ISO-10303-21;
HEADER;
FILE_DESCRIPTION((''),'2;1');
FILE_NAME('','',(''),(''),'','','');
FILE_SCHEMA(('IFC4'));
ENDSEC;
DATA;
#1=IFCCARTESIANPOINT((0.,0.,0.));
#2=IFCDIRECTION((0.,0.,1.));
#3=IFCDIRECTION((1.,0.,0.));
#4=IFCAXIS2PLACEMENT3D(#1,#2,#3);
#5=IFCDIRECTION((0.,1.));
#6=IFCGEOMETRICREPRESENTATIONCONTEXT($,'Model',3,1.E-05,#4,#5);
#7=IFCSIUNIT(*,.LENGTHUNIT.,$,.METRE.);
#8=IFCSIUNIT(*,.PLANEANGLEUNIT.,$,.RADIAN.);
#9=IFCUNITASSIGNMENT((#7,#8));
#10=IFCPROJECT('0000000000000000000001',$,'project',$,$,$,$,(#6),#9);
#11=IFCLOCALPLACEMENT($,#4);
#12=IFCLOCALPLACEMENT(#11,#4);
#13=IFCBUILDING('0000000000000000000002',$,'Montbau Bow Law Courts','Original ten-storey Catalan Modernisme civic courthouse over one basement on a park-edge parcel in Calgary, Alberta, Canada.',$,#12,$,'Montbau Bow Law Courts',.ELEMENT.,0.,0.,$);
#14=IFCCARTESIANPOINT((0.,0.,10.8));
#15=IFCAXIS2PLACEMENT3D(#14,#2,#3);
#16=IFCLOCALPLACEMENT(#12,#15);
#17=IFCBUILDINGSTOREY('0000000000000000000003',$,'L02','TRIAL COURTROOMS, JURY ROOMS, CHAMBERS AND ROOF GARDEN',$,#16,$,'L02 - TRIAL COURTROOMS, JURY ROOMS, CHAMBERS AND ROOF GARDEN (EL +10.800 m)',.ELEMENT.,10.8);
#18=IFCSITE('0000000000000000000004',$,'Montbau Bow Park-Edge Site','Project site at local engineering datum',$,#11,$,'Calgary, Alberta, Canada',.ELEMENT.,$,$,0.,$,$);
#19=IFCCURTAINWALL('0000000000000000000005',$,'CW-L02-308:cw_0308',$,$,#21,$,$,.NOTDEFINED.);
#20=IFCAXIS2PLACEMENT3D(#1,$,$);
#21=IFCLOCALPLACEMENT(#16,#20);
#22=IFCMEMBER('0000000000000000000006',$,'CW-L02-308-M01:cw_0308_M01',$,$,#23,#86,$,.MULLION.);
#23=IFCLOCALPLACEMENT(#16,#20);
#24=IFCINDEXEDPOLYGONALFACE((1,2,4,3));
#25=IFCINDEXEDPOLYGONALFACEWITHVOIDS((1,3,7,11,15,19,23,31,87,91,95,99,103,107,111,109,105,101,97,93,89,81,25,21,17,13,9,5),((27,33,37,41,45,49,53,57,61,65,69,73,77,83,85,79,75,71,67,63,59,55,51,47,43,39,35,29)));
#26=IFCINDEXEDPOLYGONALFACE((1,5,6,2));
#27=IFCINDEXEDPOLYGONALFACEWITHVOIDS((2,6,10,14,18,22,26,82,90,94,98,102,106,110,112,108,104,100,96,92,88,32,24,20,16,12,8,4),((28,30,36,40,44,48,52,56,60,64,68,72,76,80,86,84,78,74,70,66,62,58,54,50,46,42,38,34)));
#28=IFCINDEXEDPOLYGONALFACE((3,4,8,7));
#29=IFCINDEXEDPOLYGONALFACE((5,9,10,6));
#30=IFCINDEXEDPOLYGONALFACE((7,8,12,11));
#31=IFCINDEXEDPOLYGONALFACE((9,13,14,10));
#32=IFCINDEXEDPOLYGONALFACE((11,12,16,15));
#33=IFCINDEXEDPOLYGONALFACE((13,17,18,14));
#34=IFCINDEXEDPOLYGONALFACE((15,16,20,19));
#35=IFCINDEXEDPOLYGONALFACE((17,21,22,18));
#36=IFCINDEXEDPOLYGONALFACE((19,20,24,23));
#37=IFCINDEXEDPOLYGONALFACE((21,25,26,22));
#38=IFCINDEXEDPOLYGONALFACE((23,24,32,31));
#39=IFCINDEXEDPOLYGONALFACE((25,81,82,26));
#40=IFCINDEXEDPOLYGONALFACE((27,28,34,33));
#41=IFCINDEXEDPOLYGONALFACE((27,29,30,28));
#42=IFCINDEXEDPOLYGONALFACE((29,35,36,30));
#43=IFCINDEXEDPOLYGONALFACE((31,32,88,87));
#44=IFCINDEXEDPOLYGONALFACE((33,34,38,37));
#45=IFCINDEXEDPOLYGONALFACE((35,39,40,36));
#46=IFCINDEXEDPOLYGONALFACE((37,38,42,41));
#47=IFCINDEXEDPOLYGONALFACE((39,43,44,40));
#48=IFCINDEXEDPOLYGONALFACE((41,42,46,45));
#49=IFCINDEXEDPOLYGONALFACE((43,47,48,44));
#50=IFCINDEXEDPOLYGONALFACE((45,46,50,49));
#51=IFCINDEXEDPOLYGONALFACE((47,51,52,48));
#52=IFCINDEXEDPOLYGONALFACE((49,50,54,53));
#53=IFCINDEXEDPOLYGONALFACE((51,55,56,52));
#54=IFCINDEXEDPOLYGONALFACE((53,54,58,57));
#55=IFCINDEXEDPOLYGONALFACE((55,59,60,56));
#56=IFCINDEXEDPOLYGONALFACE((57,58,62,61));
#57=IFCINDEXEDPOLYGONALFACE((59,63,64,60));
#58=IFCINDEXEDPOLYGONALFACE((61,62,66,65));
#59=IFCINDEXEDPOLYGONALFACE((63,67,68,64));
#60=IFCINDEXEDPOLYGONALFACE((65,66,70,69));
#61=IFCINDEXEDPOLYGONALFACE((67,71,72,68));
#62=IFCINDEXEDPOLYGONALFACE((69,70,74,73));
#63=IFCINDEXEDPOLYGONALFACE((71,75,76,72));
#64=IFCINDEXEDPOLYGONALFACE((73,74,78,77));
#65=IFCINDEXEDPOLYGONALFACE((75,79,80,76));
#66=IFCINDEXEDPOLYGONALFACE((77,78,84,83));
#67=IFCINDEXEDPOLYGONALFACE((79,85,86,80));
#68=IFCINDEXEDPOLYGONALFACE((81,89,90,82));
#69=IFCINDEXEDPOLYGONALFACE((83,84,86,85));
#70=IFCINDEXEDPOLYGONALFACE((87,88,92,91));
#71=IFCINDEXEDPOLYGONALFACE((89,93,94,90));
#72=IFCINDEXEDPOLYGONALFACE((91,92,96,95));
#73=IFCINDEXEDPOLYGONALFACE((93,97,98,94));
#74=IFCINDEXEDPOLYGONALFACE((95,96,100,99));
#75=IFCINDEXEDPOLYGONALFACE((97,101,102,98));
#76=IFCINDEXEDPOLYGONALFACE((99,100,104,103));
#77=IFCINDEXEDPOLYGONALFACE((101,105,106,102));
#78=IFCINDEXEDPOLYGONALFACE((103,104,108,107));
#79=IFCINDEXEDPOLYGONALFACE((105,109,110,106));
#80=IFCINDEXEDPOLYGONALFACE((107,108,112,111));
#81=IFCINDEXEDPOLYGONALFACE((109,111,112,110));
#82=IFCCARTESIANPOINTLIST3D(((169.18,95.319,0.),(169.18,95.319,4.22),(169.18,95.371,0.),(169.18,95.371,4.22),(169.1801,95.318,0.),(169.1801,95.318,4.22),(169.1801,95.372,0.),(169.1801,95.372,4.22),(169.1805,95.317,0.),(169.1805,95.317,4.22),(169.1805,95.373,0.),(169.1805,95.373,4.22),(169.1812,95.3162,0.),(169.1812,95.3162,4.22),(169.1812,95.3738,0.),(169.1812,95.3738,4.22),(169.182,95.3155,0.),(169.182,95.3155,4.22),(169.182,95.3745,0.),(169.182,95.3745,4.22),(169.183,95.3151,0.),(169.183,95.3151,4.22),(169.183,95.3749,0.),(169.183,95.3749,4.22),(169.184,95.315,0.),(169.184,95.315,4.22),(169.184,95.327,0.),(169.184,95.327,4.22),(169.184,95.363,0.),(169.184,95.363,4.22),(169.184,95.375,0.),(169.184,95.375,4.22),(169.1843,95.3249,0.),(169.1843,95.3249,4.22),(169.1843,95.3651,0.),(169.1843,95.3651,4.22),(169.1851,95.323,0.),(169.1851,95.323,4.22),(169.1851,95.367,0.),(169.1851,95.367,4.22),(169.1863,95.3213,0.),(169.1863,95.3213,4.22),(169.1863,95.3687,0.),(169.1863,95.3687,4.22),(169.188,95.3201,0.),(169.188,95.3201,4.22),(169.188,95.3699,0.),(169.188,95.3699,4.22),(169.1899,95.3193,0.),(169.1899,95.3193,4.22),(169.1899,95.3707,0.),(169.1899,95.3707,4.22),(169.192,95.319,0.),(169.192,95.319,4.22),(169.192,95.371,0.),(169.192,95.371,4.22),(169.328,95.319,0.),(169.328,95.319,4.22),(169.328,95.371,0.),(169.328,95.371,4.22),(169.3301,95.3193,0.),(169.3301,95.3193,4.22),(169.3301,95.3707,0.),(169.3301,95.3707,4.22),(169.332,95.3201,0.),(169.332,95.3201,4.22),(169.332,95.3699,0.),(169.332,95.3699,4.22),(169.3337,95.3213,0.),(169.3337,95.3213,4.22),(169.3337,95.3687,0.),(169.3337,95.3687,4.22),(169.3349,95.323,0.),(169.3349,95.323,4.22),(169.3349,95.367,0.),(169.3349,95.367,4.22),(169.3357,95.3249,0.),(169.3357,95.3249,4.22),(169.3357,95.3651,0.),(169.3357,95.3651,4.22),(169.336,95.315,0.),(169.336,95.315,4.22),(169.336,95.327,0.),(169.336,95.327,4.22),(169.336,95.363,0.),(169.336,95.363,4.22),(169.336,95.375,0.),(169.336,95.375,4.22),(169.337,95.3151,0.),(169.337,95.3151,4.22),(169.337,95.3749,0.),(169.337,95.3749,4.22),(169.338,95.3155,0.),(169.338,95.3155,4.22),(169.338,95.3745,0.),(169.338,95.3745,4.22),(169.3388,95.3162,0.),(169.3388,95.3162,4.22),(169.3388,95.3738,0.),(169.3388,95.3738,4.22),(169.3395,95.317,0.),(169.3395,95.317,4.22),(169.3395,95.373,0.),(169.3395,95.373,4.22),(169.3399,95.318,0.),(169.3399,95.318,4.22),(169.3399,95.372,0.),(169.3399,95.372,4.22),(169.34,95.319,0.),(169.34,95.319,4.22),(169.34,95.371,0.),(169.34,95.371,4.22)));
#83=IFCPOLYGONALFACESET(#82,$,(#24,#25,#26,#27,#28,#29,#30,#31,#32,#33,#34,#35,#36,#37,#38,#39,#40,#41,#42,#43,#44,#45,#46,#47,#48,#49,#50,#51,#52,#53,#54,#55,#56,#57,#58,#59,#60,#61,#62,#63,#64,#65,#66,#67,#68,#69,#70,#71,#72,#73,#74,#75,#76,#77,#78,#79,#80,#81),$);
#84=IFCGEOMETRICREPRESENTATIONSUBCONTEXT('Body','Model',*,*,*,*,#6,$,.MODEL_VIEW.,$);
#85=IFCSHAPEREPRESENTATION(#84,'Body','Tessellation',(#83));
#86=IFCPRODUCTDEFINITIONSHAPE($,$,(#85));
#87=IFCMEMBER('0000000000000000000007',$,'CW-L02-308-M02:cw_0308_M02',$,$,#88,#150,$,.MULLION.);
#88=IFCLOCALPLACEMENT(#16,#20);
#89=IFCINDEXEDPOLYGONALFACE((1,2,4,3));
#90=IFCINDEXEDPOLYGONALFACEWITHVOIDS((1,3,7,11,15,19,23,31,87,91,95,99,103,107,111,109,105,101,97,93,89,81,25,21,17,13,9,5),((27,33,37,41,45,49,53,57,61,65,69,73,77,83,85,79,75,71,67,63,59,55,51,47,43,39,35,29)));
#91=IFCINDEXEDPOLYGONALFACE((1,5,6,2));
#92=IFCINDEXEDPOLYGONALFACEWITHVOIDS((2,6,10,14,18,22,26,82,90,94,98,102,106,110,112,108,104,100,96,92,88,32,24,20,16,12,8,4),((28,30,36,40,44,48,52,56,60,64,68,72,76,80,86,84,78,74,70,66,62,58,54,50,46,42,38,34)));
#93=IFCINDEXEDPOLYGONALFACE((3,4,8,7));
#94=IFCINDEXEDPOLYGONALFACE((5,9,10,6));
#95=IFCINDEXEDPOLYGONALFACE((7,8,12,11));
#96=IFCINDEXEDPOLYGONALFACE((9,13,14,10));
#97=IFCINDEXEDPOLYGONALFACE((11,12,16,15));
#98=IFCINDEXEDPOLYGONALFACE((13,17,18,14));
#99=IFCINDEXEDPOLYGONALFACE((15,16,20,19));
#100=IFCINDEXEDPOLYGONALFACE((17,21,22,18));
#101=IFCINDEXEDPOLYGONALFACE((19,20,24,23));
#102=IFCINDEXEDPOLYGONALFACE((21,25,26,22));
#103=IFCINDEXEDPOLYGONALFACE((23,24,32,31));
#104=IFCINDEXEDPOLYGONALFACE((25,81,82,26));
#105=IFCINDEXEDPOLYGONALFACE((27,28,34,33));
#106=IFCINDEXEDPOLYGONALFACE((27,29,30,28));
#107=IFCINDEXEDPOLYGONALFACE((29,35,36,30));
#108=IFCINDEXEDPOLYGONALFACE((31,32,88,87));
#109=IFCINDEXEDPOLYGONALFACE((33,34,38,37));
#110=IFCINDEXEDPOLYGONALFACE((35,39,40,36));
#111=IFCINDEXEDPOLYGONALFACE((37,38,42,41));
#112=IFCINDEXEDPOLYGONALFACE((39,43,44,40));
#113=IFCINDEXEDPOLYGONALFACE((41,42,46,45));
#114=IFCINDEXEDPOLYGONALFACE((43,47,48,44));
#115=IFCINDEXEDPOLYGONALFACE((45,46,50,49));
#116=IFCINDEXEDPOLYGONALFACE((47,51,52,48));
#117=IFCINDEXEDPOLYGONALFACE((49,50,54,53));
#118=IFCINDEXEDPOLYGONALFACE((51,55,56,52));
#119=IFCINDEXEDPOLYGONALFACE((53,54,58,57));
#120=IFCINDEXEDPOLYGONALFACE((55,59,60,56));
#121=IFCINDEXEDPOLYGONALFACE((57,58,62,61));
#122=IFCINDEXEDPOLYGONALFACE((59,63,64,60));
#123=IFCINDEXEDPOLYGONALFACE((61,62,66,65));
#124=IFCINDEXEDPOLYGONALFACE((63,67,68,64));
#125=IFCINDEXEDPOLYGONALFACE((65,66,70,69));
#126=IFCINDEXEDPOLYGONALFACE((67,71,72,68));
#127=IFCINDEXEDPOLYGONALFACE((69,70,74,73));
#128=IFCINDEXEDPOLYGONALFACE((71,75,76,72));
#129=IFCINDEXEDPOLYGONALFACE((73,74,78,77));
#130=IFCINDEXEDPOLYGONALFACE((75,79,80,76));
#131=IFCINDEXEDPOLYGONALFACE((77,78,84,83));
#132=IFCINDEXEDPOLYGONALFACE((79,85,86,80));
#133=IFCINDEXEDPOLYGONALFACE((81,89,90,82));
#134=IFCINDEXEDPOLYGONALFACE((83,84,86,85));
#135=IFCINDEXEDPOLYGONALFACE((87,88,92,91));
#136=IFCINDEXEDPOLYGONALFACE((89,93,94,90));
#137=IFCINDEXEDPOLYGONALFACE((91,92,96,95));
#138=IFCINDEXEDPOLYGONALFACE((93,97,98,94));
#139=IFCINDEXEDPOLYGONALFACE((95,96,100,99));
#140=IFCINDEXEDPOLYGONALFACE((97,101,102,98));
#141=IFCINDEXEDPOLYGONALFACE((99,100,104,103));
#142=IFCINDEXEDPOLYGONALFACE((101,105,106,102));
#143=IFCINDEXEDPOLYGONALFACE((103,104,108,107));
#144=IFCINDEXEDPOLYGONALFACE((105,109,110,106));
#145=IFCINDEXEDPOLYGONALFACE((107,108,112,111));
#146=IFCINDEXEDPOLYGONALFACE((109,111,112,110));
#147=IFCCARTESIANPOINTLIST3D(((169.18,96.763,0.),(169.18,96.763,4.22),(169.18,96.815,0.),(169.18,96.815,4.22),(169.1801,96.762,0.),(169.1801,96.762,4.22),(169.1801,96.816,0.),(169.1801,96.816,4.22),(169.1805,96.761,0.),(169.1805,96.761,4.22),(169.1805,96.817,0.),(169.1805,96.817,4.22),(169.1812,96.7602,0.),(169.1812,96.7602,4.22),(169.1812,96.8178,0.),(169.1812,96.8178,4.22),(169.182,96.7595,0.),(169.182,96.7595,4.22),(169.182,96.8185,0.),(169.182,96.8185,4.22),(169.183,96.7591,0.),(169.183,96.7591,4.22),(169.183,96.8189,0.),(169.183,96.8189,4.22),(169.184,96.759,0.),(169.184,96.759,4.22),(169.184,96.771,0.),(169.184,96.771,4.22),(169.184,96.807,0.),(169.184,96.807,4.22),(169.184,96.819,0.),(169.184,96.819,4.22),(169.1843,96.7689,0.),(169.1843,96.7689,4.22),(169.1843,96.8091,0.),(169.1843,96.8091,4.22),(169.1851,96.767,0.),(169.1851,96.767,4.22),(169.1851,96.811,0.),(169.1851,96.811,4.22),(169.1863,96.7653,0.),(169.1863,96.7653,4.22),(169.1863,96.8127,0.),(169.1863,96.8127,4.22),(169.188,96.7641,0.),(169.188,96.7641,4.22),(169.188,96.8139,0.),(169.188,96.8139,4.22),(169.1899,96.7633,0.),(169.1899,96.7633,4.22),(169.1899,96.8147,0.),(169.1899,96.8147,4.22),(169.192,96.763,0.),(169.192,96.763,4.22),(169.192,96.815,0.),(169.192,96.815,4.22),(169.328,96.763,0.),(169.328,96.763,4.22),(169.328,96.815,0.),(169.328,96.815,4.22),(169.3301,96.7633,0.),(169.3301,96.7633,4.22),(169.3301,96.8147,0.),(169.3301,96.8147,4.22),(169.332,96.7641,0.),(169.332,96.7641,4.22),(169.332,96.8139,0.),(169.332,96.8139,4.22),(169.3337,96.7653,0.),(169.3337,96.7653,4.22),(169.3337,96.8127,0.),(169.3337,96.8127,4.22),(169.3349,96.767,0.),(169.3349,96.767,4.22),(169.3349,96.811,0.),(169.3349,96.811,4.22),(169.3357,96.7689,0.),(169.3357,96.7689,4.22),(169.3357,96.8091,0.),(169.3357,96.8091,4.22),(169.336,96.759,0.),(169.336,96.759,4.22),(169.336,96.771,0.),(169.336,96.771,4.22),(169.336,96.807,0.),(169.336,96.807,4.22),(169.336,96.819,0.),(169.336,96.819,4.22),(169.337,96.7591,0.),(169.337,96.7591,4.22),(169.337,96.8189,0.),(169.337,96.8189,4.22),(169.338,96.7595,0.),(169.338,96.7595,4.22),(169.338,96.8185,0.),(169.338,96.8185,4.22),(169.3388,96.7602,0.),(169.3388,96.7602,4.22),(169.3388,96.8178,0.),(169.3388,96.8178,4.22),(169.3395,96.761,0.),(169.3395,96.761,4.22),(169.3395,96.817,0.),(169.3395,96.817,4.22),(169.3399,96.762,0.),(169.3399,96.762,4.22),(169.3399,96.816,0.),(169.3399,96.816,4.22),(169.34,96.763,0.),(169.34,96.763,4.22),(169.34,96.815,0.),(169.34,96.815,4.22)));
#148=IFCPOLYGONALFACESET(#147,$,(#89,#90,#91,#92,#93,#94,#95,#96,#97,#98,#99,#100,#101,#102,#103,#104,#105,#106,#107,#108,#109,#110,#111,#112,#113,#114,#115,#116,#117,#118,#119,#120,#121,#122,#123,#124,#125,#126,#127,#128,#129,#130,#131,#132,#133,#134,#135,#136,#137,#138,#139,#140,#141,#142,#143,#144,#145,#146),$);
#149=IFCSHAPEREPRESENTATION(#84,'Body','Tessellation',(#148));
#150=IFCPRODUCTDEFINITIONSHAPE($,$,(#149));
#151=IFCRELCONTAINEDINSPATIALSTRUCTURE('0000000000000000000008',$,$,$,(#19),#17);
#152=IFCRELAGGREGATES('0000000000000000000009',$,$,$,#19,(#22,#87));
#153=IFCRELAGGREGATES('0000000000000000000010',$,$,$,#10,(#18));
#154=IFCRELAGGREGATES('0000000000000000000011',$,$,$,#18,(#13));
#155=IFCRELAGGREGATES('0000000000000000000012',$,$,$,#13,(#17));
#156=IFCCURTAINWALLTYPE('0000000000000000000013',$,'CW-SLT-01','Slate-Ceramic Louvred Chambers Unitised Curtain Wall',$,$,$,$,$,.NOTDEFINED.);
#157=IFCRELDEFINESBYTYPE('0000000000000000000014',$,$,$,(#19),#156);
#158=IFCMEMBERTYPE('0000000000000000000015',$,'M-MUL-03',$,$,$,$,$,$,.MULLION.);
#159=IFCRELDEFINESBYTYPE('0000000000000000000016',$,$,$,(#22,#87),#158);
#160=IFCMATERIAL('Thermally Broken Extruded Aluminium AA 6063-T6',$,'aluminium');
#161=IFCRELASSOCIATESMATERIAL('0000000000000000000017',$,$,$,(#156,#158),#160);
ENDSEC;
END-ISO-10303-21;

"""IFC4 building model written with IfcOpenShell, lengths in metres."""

from ifc_helpers import new_model, si_unit, direction, frame, origin_with_axes, origin_2d_with_axis, place, context, subcontext, project, spatial, hollow_rectangle, extrude, material, material_profile, profile_set, type_object, element, aggregate, save


model = new_model("IFC4")

# Units and contexts
model_context = context("Model", 3, precision=1e-05, world=origin_with_axes(), true_north=direction((0.0, 1.0)))
body_context = subcontext(model_context, "Body", "Model", "MODEL_VIEW")
ifc_project = project(units=[si_unit("LENGTHUNIT", "METRE"), si_unit("PLANEANGLEUNIT", "RADIAN")], contexts=[model_context])

# Site, building, storey
site_placement = place(None, origin_with_axes())
site = spatial("IfcSite", under=ifc_project, at=site_placement, Name="Montbau Bow Park-Edge Site", Description="Project site at local engineering datum", LongName="Calgary, Alberta, Canada", CompositionType="ELEMENT", RefElevation=0.0)
building_placement = place(site_placement, origin_with_axes())
building = spatial("IfcBuilding", under=site, at=building_placement, Name="Montbau Bow Law Courts", Description="Original ten-storey Catalan Modernisme civic courthouse over one basement on a park-edge parcel in Calgary, Alberta, Canada.", LongName="Montbau Bow Law Courts", CompositionType="ELEMENT", ElevationOfRefHeight=0.0, ElevationOfTerrain=0.0)
storey_placement = place(building_placement, frame((0.0, 0.0, 10.8), z_axis=(0.0, 0.0, 1.0), x_axis=(1.0, 0.0, 0.0)))
storey = spatial("IfcBuildingStorey", under=building, at=storey_placement, Name="L02", Description="TRIAL COURTROOMS, JURY ROOMS, CHAMBERS AND ROOF GARDEN", LongName="L02 - TRIAL COURTROOMS, JURY ROOMS, CHAMBERS AND ROOF GARDEN (EL +10.800 m)", CompositionType="ELEMENT", Elevation=10.8)

# Curtain wall, members
ifc_material_1 = material(Name="Thermally Broken Extruded Aluminium AA 6063-T6", Category="aluminium")
curtain_wall_type = type_object("IfcCurtainWallType", Name="CW-SLT-01", Description="Slate-Ceramic Louvred Chambers Unitised Curtain Wall", PredefinedType="NOTDEFINED", material=ifc_material_1)
curtain_wall_1_placement = place(None, frame((169.26, 95.315, 10.8), z_axis=(0.0, 0.0, 1.0), x_axis=(1.0, 0.0, 0.0)))
curtain_wall_1 = element("IfcCurtainWall", 1, at=curtain_wall_1_placement, inside=storey, type_object=curtain_wall_type, Name="CW-L02-308:cw_0308", PredefinedType="NOTDEFINED")
ifc_material_profile_1 = material_profile(ifc_material_1, hollow_rectangle(XDim=0.06, YDim=0.16, WallThickness=0.004, InnerFilletRadius=0.008, OuterFilletRadius=0.004, at=origin_2d_with_axis()), Name="CWM-160X60", Category="Main", Priority=0)
ifc_profile_set_1 = profile_set([ifc_material_profile_1], Name="Thermally Broken Extruded Aluminium AA 6063-T6")
member_type_1 = type_object("IfcMemberType", Name="M-MUL-03", PredefinedType="MULLION", material=ifc_profile_set_1)
member_1_placement = place(None, frame((169.26, 95.345, 10.8), z_axis=(0.0, 0.0, 1.0), x_axis=(0.0, 1.0, 0.0)))
member_1 = element("IfcMember", 2, at=member_1_placement, type_object=member_type_1, Name="CW-L02-308-M01:cw_0308_M01", PredefinedType="MULLION", context=body_context, shape_type="SweptSolid", body=[
    extrude(hollow_rectangle(XDim=0.06, YDim=0.16, WallThickness=0.004, InnerFilletRadius=0.008, OuterFilletRadius=0.004, at=origin_2d_with_axis()), origin_with_axes(), (0.0, 0.0, 1.0), 4.22),
])
member_2_placement = place(None, frame((169.26, 96.789, 10.8), z_axis=(0.0, 0.0, 1.0), x_axis=(0.0, 1.0, 0.0)))
member_2 = element("IfcMember", 3, at=member_2_placement, type_object=member_type_1, Name="CW-L02-308-M02:cw_0308_M02", PredefinedType="MULLION", context=body_context, shape_type="SweptSolid", body=[
    extrude(hollow_rectangle(XDim=0.06, YDim=0.16, WallThickness=0.004, InnerFilletRadius=0.008, OuterFilletRadius=0.004, at=origin_2d_with_axis()), origin_with_axes(), (0.0, 0.0, 1.0), 4.22),
])

aggregate(curtain_wall_1, [member_1, member_2])

save(model, "model.ifc")
